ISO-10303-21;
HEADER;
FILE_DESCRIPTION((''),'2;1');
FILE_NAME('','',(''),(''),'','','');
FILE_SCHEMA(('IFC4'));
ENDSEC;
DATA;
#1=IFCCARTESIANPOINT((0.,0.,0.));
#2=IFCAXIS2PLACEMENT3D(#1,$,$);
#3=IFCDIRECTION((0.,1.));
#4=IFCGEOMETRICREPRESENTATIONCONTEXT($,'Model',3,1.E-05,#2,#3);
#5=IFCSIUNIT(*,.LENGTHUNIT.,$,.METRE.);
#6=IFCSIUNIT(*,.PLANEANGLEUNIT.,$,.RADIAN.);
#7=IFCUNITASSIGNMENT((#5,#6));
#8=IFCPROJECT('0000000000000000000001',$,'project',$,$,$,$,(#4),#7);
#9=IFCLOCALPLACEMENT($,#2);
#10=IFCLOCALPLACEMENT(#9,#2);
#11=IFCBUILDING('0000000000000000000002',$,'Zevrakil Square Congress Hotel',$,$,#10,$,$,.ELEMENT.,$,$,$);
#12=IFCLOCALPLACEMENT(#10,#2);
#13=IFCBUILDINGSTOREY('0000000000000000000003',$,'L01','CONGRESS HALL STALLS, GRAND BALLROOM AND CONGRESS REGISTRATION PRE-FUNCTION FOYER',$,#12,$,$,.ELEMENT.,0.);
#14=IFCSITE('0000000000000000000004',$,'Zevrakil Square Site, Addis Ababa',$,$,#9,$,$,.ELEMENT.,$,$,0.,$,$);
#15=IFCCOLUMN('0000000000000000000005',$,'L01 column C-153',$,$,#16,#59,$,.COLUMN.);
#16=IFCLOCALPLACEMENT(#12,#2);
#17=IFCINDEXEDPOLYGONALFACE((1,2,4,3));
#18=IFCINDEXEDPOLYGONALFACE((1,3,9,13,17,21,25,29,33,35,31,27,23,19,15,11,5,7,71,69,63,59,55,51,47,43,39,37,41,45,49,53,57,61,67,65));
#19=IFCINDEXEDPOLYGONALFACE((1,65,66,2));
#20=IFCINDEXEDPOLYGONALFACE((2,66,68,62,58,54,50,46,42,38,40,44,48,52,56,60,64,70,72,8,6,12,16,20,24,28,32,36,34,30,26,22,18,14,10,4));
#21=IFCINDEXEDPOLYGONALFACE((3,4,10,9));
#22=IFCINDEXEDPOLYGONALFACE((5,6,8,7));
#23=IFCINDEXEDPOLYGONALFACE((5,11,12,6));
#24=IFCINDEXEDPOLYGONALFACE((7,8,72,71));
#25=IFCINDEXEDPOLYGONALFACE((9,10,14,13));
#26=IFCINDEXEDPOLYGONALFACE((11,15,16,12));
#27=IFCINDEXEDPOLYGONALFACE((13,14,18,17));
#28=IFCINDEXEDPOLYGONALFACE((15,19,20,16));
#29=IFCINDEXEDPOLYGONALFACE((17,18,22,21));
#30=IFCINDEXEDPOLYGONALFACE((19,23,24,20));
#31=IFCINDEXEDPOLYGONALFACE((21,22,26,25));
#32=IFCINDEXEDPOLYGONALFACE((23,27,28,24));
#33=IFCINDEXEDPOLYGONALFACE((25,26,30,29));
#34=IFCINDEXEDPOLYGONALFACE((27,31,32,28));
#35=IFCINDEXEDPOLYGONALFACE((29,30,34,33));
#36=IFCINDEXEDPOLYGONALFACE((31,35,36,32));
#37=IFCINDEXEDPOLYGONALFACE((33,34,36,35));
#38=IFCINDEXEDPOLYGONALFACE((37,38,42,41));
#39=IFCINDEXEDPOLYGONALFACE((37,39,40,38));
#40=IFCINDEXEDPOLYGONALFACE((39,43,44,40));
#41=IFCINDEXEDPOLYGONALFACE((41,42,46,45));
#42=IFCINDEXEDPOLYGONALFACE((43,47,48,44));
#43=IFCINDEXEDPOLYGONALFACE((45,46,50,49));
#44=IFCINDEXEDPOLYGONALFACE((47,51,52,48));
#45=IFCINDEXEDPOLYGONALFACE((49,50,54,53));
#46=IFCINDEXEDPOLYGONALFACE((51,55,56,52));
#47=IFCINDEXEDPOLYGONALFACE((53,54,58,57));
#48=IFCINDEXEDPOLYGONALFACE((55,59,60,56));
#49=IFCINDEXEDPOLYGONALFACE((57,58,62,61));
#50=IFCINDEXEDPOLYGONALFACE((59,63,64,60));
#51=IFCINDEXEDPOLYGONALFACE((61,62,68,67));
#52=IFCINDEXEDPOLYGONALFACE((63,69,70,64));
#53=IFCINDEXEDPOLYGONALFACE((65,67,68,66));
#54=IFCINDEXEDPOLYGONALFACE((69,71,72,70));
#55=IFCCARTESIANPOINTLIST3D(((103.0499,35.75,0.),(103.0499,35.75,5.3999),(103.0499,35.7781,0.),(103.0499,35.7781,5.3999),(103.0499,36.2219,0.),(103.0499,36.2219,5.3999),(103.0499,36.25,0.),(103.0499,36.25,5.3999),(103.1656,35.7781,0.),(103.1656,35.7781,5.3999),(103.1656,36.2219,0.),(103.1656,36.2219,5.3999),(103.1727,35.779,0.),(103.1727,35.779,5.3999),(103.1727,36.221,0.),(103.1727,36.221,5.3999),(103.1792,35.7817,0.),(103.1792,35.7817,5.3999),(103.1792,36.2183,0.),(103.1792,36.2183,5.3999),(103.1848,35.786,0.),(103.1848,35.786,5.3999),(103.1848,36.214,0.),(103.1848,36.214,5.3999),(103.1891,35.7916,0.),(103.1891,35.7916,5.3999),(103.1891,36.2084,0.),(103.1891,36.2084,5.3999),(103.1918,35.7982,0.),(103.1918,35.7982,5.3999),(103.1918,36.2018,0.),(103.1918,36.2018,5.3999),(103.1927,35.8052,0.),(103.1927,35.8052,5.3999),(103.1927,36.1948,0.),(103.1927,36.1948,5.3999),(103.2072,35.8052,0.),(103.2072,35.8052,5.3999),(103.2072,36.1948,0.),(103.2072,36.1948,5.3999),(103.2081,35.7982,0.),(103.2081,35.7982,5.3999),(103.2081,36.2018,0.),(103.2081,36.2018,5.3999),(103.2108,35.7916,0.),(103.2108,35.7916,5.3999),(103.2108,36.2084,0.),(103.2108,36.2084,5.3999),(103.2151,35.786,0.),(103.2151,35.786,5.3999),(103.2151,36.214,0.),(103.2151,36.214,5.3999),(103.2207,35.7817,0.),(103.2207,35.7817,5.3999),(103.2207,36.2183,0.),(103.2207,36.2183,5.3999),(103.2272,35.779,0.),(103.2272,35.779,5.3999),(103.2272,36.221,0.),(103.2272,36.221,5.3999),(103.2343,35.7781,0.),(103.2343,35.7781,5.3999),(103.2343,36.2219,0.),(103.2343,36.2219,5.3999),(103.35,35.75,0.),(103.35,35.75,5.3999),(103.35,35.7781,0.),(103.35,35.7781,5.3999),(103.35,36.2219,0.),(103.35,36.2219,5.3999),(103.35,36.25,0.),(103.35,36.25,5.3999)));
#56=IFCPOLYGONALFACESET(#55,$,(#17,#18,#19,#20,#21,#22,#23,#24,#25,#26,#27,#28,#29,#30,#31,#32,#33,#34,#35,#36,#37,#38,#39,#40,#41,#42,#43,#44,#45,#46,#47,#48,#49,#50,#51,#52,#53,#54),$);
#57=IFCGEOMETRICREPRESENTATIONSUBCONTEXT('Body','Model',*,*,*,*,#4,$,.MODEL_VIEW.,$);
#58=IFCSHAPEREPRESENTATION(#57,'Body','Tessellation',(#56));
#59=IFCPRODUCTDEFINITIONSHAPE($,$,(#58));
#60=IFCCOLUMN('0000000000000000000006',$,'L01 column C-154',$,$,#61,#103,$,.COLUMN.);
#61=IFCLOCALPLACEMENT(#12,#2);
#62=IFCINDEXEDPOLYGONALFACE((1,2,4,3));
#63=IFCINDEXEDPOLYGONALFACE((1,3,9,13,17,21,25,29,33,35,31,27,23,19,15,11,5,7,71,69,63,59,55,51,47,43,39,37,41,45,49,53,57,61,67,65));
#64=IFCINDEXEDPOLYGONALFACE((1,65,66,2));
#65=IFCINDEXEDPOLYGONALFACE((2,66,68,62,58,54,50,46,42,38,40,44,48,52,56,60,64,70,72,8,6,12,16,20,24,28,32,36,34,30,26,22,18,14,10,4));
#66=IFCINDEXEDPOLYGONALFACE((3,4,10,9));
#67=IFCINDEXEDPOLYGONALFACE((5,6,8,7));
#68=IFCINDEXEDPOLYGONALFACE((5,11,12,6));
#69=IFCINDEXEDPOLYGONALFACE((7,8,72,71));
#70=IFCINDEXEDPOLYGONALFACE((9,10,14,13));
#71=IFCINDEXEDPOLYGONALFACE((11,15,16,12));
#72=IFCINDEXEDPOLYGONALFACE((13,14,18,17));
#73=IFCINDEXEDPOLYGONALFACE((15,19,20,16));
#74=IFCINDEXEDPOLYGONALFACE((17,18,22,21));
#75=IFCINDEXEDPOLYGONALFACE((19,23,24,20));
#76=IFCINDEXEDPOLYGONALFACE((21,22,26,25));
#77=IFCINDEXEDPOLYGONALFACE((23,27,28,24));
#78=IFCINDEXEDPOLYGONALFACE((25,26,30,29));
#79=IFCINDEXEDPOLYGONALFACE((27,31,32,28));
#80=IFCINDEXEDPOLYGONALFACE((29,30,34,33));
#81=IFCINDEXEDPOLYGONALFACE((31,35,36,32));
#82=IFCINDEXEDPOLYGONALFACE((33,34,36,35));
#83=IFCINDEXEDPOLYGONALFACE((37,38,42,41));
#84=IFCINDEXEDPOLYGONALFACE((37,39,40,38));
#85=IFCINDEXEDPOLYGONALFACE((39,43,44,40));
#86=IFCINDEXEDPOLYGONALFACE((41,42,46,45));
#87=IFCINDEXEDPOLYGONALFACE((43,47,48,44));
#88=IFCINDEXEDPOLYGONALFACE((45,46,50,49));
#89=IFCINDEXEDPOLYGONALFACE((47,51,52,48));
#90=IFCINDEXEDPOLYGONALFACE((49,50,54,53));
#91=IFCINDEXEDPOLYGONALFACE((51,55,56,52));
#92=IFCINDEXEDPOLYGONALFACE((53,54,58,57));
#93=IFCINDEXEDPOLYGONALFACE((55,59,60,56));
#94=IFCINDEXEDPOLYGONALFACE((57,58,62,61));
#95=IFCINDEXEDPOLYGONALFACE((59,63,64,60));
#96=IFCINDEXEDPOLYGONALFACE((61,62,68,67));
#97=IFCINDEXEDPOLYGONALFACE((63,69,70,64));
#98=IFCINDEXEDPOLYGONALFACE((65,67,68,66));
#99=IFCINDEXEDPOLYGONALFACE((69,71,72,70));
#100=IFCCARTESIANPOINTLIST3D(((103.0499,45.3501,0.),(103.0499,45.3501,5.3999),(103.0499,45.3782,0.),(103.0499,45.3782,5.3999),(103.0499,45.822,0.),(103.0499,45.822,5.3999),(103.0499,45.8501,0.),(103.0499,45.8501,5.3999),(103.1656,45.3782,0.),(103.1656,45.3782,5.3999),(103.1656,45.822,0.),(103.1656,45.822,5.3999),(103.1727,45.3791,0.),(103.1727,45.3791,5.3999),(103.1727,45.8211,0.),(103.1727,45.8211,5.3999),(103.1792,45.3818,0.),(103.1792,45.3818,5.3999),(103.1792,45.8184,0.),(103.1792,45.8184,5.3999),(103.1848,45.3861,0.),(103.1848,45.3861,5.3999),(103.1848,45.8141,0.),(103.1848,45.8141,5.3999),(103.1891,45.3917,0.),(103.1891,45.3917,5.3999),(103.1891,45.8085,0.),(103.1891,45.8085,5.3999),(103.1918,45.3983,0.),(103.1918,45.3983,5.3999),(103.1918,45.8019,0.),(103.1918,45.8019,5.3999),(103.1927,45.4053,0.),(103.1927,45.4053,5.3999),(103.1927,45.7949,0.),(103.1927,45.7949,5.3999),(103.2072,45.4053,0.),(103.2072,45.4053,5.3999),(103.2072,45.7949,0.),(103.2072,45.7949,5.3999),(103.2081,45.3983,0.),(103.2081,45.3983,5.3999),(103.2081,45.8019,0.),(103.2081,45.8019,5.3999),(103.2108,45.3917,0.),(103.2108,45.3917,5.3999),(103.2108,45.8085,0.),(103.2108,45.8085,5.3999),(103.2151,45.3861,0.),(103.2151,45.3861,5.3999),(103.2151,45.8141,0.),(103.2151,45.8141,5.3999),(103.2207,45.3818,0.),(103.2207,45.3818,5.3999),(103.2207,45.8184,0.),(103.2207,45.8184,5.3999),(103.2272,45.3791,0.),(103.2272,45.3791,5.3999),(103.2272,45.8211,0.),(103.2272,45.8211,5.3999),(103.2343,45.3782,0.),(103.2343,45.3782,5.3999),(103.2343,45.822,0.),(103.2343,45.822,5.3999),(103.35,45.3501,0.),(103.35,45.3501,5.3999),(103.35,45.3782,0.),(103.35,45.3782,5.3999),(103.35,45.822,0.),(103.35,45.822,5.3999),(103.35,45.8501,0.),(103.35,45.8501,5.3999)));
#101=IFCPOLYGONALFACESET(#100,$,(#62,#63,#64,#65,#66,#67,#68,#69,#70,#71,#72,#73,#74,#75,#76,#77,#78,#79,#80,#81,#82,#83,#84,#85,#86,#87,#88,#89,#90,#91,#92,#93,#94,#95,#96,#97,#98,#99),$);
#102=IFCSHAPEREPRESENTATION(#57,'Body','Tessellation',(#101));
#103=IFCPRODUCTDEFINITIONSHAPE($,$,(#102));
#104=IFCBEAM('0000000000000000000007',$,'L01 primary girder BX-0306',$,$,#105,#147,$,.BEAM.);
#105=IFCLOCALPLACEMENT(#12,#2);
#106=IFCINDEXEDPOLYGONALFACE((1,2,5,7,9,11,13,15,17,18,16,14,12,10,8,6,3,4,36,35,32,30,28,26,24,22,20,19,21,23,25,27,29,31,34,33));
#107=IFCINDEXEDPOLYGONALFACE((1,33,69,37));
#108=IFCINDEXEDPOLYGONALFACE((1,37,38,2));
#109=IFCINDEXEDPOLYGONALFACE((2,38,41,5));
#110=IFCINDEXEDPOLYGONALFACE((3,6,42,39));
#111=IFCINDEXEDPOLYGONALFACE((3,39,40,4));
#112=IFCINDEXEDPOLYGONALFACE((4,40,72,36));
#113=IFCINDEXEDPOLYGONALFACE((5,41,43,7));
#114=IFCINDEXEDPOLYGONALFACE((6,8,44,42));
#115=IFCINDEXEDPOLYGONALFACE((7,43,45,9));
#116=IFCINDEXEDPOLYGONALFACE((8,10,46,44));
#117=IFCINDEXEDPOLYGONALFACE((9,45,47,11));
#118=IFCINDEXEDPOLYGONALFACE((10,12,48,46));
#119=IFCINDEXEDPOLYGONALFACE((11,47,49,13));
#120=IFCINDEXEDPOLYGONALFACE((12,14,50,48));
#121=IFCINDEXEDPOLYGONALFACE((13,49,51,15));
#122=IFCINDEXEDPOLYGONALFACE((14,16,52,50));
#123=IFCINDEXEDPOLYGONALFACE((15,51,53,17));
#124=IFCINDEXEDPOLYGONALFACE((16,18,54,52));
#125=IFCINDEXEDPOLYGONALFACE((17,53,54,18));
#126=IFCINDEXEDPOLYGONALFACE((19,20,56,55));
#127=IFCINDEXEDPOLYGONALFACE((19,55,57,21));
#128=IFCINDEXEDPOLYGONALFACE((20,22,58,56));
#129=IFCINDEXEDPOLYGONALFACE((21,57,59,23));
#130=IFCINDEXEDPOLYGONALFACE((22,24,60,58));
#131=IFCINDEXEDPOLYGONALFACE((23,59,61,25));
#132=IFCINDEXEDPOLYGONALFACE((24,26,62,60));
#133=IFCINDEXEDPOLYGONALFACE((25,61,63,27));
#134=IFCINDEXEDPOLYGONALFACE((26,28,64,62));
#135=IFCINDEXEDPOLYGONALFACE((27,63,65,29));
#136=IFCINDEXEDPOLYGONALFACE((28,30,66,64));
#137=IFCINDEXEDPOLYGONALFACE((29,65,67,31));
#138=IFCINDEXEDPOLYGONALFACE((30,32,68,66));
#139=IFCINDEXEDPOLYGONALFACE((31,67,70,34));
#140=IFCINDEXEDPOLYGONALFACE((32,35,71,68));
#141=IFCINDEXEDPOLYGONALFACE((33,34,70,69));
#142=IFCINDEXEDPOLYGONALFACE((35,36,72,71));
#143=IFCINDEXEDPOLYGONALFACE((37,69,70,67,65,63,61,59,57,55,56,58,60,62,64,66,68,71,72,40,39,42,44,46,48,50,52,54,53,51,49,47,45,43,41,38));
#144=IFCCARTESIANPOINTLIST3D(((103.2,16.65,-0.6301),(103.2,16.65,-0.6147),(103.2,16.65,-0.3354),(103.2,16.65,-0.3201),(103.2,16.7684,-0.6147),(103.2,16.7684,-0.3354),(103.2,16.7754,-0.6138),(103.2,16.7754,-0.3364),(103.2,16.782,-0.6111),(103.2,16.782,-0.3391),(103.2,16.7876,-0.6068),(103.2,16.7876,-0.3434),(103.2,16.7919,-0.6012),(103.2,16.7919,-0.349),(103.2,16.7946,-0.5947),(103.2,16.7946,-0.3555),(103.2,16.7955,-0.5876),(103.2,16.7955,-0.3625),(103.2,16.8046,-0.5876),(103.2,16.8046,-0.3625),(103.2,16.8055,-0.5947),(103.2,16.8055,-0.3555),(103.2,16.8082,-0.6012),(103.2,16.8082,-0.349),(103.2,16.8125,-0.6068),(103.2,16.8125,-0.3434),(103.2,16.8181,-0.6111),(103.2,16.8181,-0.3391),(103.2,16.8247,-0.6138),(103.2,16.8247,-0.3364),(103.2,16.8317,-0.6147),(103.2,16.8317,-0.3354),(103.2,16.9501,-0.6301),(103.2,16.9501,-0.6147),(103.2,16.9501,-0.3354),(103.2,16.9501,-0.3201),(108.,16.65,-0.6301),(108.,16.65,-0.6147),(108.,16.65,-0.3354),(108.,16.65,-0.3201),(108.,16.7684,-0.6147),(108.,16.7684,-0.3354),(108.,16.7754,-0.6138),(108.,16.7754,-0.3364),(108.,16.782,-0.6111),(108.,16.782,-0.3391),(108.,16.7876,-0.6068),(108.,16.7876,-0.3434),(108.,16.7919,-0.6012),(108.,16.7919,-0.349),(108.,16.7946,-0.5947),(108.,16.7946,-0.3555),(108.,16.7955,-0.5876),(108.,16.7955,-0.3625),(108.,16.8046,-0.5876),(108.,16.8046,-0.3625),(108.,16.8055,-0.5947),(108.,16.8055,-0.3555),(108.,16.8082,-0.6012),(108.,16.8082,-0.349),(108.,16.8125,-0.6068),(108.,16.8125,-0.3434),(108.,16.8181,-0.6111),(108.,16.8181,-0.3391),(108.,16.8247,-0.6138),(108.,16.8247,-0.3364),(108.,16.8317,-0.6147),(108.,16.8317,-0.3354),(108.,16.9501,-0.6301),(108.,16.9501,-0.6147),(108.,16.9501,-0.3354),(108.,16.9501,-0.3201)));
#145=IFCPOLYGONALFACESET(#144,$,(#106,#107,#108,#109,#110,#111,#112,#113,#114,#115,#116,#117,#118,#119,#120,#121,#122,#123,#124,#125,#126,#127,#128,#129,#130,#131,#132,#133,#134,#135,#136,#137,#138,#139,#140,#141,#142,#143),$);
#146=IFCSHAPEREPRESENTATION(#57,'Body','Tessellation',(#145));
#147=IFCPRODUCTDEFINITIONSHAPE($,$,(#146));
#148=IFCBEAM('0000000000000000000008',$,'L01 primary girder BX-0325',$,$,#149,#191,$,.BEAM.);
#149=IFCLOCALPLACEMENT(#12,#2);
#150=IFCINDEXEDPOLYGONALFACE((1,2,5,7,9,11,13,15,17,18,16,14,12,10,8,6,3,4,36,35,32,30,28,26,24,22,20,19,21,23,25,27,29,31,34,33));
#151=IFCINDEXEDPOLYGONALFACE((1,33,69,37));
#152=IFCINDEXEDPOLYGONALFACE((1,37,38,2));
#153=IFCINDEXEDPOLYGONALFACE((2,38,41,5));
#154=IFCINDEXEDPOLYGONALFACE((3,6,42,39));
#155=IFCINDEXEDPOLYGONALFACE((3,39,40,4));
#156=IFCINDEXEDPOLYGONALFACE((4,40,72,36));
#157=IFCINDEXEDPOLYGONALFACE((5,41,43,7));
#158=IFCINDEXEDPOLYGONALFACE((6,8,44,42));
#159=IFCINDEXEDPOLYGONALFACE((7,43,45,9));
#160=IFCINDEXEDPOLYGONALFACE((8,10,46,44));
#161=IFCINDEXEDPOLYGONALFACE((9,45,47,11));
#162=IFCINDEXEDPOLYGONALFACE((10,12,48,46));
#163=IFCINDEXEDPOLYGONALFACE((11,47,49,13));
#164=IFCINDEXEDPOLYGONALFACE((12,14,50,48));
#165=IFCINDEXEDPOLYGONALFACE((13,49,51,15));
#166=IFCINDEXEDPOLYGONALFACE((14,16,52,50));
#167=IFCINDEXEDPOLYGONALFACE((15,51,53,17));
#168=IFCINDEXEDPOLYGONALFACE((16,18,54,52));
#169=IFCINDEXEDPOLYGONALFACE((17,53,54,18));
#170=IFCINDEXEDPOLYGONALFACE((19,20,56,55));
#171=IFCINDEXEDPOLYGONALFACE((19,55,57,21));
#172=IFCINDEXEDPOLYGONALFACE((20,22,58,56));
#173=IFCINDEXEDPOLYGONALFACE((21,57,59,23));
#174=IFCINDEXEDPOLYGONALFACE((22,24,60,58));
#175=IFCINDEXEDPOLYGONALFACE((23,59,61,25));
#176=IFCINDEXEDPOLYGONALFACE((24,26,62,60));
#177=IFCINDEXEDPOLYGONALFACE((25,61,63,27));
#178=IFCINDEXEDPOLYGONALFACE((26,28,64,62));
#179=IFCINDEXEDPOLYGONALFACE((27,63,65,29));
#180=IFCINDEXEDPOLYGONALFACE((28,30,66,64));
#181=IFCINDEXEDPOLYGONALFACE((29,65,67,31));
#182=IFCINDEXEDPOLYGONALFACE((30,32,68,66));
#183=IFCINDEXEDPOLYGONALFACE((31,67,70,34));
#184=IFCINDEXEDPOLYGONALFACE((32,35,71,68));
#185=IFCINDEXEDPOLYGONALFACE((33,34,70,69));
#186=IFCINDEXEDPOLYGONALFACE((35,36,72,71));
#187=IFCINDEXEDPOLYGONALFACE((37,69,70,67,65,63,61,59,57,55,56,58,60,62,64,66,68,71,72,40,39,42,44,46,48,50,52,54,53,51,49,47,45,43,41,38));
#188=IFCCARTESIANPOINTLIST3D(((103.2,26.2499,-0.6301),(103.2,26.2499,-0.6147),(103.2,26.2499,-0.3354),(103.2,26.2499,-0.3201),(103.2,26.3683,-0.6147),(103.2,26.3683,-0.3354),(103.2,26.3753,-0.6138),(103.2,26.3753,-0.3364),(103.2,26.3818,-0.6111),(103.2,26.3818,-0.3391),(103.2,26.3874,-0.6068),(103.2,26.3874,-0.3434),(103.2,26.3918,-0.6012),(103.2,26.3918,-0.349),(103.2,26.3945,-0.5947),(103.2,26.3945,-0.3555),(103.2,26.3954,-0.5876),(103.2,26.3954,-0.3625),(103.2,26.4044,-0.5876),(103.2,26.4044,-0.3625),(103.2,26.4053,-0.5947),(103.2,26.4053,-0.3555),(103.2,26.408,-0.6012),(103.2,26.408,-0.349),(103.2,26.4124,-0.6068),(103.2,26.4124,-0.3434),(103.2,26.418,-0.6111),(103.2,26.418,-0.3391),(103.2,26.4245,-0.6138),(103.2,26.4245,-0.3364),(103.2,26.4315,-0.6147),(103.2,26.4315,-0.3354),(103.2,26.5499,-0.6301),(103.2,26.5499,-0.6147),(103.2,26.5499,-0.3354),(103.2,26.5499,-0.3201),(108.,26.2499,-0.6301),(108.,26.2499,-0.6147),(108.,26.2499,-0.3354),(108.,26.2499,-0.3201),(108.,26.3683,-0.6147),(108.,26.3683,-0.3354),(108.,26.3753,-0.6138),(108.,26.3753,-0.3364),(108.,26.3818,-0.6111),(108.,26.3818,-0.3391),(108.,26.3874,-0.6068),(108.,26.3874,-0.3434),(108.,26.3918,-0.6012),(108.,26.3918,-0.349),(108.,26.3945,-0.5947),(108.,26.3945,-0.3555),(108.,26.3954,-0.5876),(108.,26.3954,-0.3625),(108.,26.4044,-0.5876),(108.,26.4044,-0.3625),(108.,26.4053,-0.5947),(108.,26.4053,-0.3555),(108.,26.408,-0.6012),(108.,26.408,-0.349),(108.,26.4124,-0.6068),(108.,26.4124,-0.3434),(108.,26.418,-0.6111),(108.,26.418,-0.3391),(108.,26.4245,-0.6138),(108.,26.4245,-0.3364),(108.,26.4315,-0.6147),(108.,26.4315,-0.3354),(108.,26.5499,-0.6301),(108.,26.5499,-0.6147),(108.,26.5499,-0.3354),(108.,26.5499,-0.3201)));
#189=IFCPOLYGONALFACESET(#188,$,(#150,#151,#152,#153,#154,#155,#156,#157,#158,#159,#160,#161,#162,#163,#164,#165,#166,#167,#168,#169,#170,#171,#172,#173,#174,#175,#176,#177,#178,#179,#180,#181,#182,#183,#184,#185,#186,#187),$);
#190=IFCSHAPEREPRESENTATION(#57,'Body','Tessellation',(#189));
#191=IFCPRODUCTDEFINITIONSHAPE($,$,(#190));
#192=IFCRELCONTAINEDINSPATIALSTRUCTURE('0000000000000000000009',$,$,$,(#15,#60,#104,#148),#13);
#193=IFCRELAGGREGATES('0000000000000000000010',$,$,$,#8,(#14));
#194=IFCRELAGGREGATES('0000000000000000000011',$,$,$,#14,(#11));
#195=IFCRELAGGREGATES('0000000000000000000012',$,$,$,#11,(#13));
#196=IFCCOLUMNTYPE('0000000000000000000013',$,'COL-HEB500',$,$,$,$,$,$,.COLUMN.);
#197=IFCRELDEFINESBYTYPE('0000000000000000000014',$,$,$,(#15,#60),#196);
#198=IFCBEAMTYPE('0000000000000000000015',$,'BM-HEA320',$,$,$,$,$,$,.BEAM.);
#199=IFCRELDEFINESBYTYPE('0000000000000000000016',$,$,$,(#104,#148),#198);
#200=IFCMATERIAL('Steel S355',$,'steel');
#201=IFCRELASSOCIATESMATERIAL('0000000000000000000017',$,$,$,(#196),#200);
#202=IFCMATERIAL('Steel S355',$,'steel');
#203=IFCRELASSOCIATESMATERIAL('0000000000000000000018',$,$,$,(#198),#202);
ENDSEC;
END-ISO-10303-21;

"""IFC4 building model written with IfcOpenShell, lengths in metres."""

from ifc_helpers import new_model, si_unit, direction, frame, origin, origin_2d, place, context, subcontext, project, spatial, i_section, extrude, material, material_profile, profile_set, type_object, element, save


model = new_model("IFC4")

# Units and contexts
model_context = context("Model", 3, precision=1e-05, world=origin(), true_north=direction((0.0, 1.0)))
body_context = subcontext(model_context, "Body", "Model", "MODEL_VIEW")
ifc_project = project(units=[si_unit("LENGTHUNIT", "METRE"), si_unit("PLANEANGLEUNIT", "RADIAN")], contexts=[model_context])

# Site, building, storey
site_placement = place(None, origin())
site = spatial("IfcSite", under=ifc_project, at=site_placement, Name="Zevrakil Square Site, Addis Ababa", CompositionType="ELEMENT", RefElevation=0.0)
building_placement = place(site_placement, origin())
building = spatial("IfcBuilding", under=site, at=building_placement, Name="Zevrakil Square Congress Hotel", CompositionType="ELEMENT")
storey_placement = place(building_placement, origin())
storey = spatial("IfcBuildingStorey", under=building, at=storey_placement, Name="L01", Description="CONGRESS HALL STALLS, GRAND BALLROOM AND CONGRESS REGISTRATION PRE-FUNCTION FOYER", CompositionType="ELEMENT", Elevation=0.0)

# Columns
ifc_material_1 = material(Name="Steel S355", Category="steel")
ifc_material_profile_1 = material_profile(ifc_material_1, i_section(OverallWidth=0.3, OverallDepth=0.5, WebThickness=0.0144, FlangeThickness=0.0281, FilletRadius=0.0271, at=origin_2d()), Name="HEB 500")
ifc_profile_set_1 = profile_set([ifc_material_profile_1], Name="Steel S355")
column_type = type_object("IfcColumnType", Name="COL-HEB500", PredefinedType="COLUMN", material=ifc_profile_set_1)
for number, where, z_axis, x_axis, name in (
    (1, (103.2, 36.0, 0.0), (0.0, 0.0, 1.0), (1.0, 0.0, 0.0), "L01 column C-153"),
    (2, (103.2, 45.6001, 0.0), (0.0, 0.0, 1.0), (1.0, 0.0, 0.0), "L01 column C-154"),
):
    element("IfcColumn", number, at=place(storey_placement, frame(where, z_axis=z_axis, x_axis=x_axis)), inside=storey, type_object=column_type, Name=name, PredefinedType="COLUMN", context=body_context, shape_type="SweptSolid", body=[
        extrude(i_section(OverallWidth=0.3, OverallDepth=0.5, WebThickness=0.0144, FlangeThickness=0.0281, FilletRadius=0.0271, at=origin_2d()), origin(), (0.0, 0.0, 1.0), 5.3999),
    ])

# Beams
ifc_material_2 = material(Name="Steel S355", Category="steel")
ifc_material_profile_2 = material_profile(ifc_material_2, i_section(OverallWidth=0.3, OverallDepth=0.3101, WebThickness=0.009, FlangeThickness=0.0154, FilletRadius=0.0271, at=origin_2d()), Name="HEA 320")
ifc_profile_set_2 = profile_set([ifc_material_profile_2], Name="Steel S355")
beam_type_1 = type_object("IfcBeamType", Name="BM-HEA320", PredefinedType="BEAM", material=ifc_profile_set_2)
for number, where, z_axis, x_axis, name in (
    (3, (103.2, 16.8, -0.4751), (1.0, 0.0, 0.0), (0.0, 1.0, 0.0), "L01 primary girder BX-0306"),
    (4, (103.2, 26.3999, -0.4751), (1.0, 0.0, 0.0), (0.0, 1.0, 0.0), "L01 primary girder BX-0325"),
):
    element("IfcBeam", number, at=place(storey_placement, frame(where, z_axis=z_axis, x_axis=x_axis)), inside=storey, type_object=beam_type_1, Name=name, PredefinedType="BEAM", context=body_context, shape_type="SweptSolid", body=[
        extrude(i_section(OverallWidth=0.3, OverallDepth=0.3101, WebThickness=0.009, FlangeThickness=0.0154, FilletRadius=0.0271, at=origin_2d()), origin(), (0.0, 0.0, 1.0), 4.8),
    ])

save(model, "model.ifc")
